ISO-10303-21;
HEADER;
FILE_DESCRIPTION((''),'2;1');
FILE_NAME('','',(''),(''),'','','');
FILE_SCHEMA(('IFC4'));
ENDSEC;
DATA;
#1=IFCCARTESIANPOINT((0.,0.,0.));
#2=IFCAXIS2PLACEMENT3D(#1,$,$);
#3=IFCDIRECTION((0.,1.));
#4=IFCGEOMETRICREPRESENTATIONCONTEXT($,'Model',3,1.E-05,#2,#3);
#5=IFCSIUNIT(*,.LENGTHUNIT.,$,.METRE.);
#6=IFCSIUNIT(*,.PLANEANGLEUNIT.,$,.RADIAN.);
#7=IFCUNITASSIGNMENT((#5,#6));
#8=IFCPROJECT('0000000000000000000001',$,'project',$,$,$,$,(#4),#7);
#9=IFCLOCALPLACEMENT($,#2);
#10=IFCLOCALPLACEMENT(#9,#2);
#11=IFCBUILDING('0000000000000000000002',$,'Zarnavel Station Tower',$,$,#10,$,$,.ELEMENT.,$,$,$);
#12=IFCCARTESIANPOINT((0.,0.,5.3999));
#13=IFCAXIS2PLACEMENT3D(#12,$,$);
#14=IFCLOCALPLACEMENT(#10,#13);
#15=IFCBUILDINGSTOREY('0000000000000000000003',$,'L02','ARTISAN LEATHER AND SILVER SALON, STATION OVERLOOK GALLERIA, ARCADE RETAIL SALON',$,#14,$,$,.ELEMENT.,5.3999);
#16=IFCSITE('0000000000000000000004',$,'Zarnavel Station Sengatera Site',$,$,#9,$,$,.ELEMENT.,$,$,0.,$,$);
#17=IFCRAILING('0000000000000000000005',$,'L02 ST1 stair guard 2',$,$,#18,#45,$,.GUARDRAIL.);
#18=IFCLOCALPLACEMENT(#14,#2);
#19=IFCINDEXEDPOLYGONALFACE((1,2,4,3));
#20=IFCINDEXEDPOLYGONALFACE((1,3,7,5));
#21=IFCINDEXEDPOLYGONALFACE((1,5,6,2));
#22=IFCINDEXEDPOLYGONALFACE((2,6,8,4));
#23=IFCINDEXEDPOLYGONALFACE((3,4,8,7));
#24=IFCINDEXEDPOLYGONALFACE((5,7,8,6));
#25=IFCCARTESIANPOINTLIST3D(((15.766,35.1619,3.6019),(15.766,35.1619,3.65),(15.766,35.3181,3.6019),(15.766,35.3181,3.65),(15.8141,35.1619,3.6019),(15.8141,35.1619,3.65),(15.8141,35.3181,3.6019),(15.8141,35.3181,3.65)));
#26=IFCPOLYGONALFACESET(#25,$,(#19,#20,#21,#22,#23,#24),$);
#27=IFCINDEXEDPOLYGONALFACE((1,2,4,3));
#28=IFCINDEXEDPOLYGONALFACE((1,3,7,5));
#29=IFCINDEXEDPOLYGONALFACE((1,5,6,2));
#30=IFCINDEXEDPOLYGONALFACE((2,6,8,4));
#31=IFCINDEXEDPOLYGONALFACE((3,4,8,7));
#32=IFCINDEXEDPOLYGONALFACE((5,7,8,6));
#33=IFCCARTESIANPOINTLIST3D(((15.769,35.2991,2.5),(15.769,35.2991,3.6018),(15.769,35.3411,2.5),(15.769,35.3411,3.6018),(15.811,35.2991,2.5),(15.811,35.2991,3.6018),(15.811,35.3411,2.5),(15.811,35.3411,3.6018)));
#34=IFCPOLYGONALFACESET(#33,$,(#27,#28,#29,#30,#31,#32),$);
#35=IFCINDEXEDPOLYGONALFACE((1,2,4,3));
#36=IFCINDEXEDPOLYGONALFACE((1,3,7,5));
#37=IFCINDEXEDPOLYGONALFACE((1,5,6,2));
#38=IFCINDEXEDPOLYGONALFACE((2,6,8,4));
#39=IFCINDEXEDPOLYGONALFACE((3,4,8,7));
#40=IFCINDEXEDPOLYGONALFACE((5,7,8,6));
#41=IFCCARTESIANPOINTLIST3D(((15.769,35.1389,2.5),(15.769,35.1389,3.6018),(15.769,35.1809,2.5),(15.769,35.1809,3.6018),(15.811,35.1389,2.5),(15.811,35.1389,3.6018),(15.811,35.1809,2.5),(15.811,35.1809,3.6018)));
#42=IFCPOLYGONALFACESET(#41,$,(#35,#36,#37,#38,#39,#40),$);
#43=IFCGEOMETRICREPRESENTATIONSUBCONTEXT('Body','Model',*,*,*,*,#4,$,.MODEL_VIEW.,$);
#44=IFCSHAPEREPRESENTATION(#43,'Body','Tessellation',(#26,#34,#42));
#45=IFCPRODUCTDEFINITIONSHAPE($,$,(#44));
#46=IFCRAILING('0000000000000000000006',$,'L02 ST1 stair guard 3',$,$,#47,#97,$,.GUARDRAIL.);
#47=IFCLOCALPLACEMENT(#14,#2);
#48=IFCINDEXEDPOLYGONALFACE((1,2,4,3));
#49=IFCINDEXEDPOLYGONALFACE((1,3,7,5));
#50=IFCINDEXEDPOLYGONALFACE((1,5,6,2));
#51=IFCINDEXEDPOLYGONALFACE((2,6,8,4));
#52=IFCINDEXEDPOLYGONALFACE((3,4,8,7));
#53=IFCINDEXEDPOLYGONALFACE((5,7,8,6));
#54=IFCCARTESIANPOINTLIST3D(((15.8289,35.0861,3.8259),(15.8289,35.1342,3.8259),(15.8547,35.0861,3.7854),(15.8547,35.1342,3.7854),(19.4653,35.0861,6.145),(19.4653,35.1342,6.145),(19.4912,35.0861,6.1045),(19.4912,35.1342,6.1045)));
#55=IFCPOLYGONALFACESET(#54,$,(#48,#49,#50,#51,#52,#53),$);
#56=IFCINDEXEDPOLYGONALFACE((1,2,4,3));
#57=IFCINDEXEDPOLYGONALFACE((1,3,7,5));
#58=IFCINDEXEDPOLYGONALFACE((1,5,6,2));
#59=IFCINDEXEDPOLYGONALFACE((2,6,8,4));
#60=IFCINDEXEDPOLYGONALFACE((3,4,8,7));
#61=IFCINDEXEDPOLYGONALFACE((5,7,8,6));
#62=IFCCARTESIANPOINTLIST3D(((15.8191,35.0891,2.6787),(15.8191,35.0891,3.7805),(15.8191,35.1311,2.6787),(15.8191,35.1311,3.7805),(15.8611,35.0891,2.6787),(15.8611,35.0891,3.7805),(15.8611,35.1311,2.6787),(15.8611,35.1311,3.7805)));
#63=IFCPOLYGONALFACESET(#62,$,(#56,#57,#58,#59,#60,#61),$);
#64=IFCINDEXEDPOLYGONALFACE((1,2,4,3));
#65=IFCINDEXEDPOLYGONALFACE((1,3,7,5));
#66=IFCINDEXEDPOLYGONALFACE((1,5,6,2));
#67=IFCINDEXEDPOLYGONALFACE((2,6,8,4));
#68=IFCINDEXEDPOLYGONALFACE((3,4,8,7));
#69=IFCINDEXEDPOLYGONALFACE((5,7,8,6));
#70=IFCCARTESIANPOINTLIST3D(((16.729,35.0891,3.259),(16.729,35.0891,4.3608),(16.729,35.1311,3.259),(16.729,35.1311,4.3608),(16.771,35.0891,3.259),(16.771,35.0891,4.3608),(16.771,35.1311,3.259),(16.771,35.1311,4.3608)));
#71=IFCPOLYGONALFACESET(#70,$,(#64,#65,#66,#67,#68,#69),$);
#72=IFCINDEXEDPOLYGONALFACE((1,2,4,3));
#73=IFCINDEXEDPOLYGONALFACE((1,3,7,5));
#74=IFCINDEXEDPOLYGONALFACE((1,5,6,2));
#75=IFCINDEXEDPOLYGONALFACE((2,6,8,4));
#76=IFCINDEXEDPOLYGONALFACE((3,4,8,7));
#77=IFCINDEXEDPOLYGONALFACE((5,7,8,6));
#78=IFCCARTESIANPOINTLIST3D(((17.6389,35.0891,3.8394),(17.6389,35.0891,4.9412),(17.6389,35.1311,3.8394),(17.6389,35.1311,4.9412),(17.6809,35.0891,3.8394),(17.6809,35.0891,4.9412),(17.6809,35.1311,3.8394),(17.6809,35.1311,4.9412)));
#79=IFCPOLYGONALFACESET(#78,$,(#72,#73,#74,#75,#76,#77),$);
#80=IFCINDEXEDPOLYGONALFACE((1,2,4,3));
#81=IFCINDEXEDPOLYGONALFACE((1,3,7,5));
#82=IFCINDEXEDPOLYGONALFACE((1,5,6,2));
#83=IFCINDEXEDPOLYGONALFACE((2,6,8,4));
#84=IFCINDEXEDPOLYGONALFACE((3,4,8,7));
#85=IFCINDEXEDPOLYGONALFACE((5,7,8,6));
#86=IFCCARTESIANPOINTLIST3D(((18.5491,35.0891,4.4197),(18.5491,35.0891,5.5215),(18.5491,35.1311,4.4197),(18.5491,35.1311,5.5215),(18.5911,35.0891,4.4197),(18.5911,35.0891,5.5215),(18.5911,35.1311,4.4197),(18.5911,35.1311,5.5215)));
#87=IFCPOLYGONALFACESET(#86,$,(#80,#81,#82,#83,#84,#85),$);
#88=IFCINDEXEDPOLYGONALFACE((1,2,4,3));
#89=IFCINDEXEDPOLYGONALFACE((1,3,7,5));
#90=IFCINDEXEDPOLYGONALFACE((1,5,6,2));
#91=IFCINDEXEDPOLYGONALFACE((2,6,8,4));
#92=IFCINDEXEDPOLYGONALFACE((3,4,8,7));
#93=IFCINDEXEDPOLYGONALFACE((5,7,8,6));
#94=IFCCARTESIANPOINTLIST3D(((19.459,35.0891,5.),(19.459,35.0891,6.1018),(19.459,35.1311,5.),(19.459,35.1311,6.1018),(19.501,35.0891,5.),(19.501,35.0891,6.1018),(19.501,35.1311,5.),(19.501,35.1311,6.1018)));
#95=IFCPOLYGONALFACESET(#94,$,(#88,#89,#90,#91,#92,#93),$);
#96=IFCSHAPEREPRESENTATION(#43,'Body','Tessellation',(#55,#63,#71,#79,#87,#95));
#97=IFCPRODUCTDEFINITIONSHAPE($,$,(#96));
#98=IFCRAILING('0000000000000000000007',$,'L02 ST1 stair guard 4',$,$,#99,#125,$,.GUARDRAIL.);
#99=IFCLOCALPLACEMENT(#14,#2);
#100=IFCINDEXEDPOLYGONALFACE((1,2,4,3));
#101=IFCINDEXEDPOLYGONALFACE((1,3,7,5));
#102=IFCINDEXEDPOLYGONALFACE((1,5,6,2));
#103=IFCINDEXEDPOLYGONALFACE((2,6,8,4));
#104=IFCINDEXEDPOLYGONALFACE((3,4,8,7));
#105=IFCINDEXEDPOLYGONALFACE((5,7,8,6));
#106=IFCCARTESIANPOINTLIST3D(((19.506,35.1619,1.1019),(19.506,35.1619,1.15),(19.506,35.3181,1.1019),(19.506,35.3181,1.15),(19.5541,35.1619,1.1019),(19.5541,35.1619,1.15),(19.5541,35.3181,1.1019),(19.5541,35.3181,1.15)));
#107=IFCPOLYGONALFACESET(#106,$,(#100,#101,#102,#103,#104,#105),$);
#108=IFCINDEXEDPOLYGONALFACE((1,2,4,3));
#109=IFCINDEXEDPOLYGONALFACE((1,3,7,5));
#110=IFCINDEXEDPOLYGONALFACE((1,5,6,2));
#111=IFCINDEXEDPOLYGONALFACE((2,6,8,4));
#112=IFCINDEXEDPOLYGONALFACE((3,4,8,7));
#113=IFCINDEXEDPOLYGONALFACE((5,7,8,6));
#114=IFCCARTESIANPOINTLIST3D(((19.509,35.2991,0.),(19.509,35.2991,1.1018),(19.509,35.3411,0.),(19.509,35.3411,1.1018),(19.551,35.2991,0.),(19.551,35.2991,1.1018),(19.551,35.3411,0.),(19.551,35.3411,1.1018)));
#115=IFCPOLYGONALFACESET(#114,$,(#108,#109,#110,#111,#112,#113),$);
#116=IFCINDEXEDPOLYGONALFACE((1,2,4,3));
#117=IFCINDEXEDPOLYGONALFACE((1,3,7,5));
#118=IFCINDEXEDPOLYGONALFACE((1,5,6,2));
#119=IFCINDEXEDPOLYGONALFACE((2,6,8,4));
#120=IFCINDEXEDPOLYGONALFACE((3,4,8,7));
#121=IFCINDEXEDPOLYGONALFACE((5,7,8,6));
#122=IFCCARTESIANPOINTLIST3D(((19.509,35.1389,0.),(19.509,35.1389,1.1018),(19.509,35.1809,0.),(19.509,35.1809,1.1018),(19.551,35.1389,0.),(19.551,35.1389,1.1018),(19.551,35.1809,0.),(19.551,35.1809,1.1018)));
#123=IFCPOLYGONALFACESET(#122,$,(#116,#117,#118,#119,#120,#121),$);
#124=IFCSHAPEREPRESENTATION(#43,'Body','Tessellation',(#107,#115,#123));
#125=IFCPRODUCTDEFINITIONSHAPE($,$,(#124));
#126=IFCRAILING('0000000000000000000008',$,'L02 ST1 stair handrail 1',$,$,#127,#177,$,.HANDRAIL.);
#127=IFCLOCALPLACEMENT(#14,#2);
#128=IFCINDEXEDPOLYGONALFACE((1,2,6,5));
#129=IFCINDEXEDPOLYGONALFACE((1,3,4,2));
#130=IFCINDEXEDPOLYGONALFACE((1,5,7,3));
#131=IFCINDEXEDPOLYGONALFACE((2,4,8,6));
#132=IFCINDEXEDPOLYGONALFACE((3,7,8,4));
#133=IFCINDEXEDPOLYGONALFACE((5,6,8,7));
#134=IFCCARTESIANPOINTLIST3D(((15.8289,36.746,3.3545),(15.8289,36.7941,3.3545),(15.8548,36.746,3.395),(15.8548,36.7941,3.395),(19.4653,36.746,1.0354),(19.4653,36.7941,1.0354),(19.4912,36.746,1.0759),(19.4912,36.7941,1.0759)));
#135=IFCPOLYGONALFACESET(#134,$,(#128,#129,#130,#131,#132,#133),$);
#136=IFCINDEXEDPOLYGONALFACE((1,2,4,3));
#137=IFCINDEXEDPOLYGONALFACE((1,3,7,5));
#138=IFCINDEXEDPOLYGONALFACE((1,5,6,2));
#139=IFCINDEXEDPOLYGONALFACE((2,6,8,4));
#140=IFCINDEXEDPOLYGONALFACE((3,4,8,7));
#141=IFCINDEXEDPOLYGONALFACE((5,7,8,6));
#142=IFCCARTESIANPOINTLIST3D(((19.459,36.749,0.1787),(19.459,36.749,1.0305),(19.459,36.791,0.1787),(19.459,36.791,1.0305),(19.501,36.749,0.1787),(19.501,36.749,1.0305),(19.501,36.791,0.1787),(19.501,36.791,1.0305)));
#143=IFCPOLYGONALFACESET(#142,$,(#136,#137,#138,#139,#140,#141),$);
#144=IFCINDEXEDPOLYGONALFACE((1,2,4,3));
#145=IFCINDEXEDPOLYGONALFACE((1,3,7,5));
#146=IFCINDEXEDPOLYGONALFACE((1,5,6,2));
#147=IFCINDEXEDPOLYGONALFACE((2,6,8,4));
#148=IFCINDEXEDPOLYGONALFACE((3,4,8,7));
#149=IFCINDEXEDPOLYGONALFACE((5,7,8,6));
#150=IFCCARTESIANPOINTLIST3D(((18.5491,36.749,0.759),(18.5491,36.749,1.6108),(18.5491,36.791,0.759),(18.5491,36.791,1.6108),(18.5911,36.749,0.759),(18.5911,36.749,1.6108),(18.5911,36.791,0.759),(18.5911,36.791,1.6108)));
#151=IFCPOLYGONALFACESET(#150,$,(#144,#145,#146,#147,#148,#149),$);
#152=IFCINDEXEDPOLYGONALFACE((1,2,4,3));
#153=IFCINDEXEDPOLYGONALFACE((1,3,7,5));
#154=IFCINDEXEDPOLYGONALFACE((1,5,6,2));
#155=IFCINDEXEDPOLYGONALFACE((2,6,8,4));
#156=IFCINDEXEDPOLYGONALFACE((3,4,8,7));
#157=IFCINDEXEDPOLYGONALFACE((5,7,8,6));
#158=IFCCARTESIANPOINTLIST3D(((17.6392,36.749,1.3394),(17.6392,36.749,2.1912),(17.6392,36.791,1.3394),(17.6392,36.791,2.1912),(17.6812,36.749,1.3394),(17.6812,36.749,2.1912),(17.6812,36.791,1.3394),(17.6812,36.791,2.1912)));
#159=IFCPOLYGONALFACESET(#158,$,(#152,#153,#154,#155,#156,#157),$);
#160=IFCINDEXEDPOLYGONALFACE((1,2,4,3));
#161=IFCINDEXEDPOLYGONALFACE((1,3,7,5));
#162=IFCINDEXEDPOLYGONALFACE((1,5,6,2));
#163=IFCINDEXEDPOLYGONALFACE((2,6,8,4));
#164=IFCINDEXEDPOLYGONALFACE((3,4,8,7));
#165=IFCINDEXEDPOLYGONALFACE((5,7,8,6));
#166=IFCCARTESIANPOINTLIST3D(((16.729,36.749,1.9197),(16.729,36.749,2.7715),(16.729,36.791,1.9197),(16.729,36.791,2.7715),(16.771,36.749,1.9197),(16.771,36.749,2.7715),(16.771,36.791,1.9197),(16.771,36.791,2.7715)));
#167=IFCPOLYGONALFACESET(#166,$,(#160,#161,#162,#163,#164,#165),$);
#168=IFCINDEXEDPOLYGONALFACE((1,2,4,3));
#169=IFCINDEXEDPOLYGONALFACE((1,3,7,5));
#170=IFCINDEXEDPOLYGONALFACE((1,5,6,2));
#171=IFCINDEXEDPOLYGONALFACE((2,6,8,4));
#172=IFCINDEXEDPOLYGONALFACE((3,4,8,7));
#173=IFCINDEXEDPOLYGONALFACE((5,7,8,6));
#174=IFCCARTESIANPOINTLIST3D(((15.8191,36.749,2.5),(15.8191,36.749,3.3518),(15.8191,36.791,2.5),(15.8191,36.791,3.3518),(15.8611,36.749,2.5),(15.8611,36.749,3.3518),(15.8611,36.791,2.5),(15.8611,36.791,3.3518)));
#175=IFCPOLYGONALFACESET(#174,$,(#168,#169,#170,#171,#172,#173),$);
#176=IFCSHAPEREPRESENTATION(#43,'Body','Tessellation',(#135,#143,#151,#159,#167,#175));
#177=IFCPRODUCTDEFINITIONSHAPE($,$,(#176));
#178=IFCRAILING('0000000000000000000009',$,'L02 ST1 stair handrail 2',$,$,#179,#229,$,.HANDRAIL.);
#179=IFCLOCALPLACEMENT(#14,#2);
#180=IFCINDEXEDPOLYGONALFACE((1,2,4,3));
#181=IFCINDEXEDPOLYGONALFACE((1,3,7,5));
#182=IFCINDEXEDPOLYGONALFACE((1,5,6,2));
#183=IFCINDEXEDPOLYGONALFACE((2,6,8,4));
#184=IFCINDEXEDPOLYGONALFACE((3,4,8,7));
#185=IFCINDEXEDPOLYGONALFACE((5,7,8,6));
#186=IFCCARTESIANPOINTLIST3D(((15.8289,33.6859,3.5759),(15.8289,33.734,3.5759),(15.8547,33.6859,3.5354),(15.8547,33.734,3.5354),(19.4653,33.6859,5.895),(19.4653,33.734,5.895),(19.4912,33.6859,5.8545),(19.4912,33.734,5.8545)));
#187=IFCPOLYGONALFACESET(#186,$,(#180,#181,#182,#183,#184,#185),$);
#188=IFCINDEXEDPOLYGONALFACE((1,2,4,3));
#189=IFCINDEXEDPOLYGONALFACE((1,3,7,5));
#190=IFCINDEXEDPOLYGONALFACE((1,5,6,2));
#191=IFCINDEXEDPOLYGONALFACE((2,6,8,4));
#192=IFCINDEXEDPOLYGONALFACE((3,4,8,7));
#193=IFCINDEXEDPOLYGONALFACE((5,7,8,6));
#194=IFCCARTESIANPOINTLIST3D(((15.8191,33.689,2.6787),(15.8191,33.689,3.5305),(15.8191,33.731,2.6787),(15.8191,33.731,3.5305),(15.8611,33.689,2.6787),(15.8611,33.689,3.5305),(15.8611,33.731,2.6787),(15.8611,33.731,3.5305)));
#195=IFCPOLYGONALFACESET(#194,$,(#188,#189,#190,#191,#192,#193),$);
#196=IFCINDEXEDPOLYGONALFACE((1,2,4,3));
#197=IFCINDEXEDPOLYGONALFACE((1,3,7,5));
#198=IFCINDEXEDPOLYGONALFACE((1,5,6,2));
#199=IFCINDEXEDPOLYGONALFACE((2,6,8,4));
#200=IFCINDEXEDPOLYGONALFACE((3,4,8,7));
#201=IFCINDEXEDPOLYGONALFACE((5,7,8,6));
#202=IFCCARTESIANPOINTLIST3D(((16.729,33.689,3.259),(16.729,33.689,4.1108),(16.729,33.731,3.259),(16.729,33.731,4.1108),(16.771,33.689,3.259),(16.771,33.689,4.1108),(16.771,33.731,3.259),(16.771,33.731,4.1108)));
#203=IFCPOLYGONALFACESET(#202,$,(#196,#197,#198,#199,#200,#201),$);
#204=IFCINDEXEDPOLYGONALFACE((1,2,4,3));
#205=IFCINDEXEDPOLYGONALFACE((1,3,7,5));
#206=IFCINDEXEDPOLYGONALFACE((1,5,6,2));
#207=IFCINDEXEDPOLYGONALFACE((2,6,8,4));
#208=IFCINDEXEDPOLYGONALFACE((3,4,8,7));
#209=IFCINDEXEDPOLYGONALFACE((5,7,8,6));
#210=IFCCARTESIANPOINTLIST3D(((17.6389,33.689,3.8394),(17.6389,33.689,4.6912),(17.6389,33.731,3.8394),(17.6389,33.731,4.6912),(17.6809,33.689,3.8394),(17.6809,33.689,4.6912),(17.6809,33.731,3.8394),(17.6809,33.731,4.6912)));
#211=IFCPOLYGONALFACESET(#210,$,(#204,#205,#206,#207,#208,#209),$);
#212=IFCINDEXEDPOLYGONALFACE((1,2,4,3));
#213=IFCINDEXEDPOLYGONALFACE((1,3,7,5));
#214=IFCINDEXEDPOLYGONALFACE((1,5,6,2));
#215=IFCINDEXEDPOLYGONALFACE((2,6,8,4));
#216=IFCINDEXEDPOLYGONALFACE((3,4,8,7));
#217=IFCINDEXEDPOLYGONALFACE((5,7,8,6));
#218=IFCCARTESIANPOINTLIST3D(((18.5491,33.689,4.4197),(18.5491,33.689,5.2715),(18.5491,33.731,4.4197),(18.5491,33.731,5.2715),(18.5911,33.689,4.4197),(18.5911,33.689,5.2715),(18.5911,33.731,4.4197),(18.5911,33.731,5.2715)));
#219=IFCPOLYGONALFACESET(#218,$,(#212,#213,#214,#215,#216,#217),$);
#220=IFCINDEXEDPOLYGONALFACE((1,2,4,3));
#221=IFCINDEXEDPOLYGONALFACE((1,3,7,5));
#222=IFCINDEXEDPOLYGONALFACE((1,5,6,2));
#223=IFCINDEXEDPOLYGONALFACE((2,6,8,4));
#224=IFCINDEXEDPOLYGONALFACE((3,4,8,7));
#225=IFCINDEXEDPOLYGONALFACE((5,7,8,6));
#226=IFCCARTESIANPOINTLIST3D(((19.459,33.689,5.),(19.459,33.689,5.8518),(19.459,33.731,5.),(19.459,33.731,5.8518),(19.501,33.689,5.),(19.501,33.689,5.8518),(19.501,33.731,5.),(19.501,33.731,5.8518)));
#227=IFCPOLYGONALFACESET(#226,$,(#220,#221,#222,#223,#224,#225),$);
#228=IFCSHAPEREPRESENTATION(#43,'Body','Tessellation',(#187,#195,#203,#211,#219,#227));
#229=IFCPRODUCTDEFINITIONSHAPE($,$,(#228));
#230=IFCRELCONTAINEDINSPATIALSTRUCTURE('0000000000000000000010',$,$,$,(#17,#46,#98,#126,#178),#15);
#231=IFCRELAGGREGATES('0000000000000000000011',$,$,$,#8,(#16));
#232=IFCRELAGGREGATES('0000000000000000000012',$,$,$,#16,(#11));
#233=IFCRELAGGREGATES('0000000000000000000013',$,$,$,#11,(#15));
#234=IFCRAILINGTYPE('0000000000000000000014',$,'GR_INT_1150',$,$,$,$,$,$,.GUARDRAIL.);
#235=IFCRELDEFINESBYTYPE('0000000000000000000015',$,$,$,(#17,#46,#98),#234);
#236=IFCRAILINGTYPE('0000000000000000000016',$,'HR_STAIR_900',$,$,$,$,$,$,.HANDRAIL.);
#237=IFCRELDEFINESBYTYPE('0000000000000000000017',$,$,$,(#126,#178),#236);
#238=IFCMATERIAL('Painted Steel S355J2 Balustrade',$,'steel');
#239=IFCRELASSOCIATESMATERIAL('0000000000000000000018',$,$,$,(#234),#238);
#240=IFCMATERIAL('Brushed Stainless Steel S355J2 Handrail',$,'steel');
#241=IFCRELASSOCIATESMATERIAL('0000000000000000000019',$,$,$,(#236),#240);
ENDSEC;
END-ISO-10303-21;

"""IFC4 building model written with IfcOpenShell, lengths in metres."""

from ifc_helpers import new_model, si_unit, direction, frame, origin, origin_2d, place, context, subcontext, project, spatial, rectangle, extrude, material, type_object, element, save


model = new_model("IFC4")

# Units and contexts
model_context = context("Model", 3, precision=1e-05, world=origin(), true_north=direction((0.0, 1.0)))
body_context = subcontext(model_context, "Body", "Model", "MODEL_VIEW")
ifc_project = project(units=[si_unit("LENGTHUNIT", "METRE"), si_unit("PLANEANGLEUNIT", "RADIAN")], contexts=[model_context])

# Site, building, storey
site_placement = place(None, origin())
site = spatial("IfcSite", under=ifc_project, at=site_placement, Name="Zarnavel Station Sengatera Site", CompositionType="ELEMENT", RefElevation=0.0)
building_placement = place(site_placement, origin())
building = spatial("IfcBuilding", under=site, at=building_placement, Name="Zarnavel Station Tower", CompositionType="ELEMENT")
storey_placement = place(building_placement, frame((0.0, 0.0, 5.3999)))
storey = spatial("IfcBuildingStorey", under=building, at=storey_placement, Name="L02", Description="ARTISAN LEATHER AND SILVER SALON, STATION OVERLOOK GALLERIA, ARCADE RETAIL SALON", CompositionType="ELEMENT", Elevation=5.3999)

# Railings
ifc_material_1 = material(Name="Painted Steel S355J2 Balustrade", Category="steel")
railing_type_1 = type_object("IfcRailingType", Name="GR_INT_1150", PredefinedType="GUARDRAIL", material=ifc_material_1)
railing_1_placement = place(storey_placement, frame((15.79, 35.3201, 2.5)))
element("IfcRailing", 1, at=railing_1_placement, inside=storey, type_object=railing_type_1, Name="L02 ST1 stair guard 2", PredefinedType="GUARDRAIL", context=body_context, shape_type="SweptSolid", body=[
    extrude(rectangle(XDim=0.0481, YDim=0.0481, at=origin_2d()), frame((0.0, -0.002, 1.126), z_axis=(0.0, -1.0, 0.0), x_axis=(1.0, 0.0, 0.0)), (0.0, 0.0, 1.0), 0.1562),
    extrude(rectangle(XDim=0.042, YDim=0.042, at=origin_2d()), origin(), (0.0, 0.0, 1.0), 1.1018),
    extrude(rectangle(XDim=0.042, YDim=0.042, at=origin_2d()), frame((0.0, -0.1602, 0.0)), (0.0, 0.0, 1.0), 1.1018),
])
railing_2_placement = place(storey_placement, frame((15.8401, 35.1101, 2.6787)))
element("IfcRailing", 2, at=railing_2_placement, inside=storey, type_object=railing_type_1, Name="L02 ST1 stair guard 3", PredefinedType="GUARDRAIL", context=body_context, shape_type="SweptSolid", body=[
    extrude(rectangle(XDim=0.0481, YDim=0.0481, at=origin_2d()), frame((0.0017, 0.0, 1.127), z_axis=(0.843137, 0.0, 0.537699), x_axis=(0.0, 1.0, 0.0)), (0.0, 0.0, 1.0), 4.313),
    extrude(rectangle(XDim=0.042, YDim=0.042, at=origin_2d()), origin(), (0.0, 0.0, 1.0), 1.1018),
    extrude(rectangle(XDim=0.042, YDim=0.042, at=origin_2d()), frame((0.9099, 0.0, 0.5803)), (0.0, 0.0, 1.0), 1.1018),
    extrude(rectangle(XDim=0.042, YDim=0.042, at=origin_2d()), frame((1.8198, 0.0, 1.1606)), (0.0, 0.0, 1.0), 1.1018),
    extrude(rectangle(XDim=0.042, YDim=0.042, at=origin_2d()), frame((2.73, 0.0, 1.741)), (0.0, 0.0, 1.0), 1.1018),
    extrude(rectangle(XDim=0.042, YDim=0.042, at=origin_2d()), frame((3.6399, 0.0, 2.3213)), (0.0, 0.0, 1.0), 1.1018),
])
railing_3_placement = place(storey_placement, frame((19.53, 35.3201, 0.0)))
element("IfcRailing", 3, at=railing_3_placement, inside=storey, type_object=railing_type_1, Name="L02 ST1 stair guard 4", PredefinedType="GUARDRAIL", context=body_context, shape_type="SweptSolid", body=[
    extrude(rectangle(XDim=0.0481, YDim=0.0481, at=origin_2d()), frame((0.0, -0.002, 1.126), z_axis=(0.0, -1.0, 0.0), x_axis=(1.0, 0.0, 0.0)), (0.0, 0.0, 1.0), 0.1562),
    extrude(rectangle(XDim=0.042, YDim=0.042, at=origin_2d()), origin(), (0.0, 0.0, 1.0), 1.1018),
    extrude(rectangle(XDim=0.042, YDim=0.042, at=origin_2d()), frame((0.0, -0.1602, 0.0)), (0.0, 0.0, 1.0), 1.1018),
])
ifc_material_2 = material(Name="Brushed Stainless Steel S355J2 Handrail", Category="steel")
railing_type_2 = type_object("IfcRailingType", Name="HR_STAIR_900", PredefinedType="HANDRAIL", material=ifc_material_2)
railing_4_placement = place(storey_placement, frame((19.48, 36.77, 0.1787)))
element("IfcRailing", 4, at=railing_4_placement, inside=storey, type_object=railing_type_2, Name="L02 ST1 stair handrail 1", PredefinedType="HANDRAIL", context=body_context, shape_type="SweptSolid", body=[
    extrude(rectangle(XDim=0.0481, YDim=0.0481, at=origin_2d()), frame((-0.0017, 0.0, 0.877), z_axis=(-0.843137, 0.0, 0.537699), x_axis=(0.0, -1.0, 0.0)), (0.0, 0.0, 1.0), 4.313),
    extrude(rectangle(XDim=0.042, YDim=0.042, at=origin_2d()), origin(), (0.0, 0.0, 1.0), 0.8518),
    extrude(rectangle(XDim=0.042, YDim=0.042, at=origin_2d()), frame((-0.9099, 0.0, 0.5803)), (0.0, 0.0, 1.0), 0.8518),
    extrude(rectangle(XDim=0.042, YDim=0.042, at=origin_2d()), frame((-1.8198, 0.0, 1.1606)), (0.0, 0.0, 1.0), 0.8518),
    extrude(rectangle(XDim=0.042, YDim=0.042, at=origin_2d()), frame((-2.73, 0.0, 1.741)), (0.0, 0.0, 1.0), 0.8518),
    extrude(rectangle(XDim=0.042, YDim=0.042, at=origin_2d()), frame((-3.6399, 0.0, 2.3213)), (0.0, 0.0, 1.0), 0.8518),
])
railing_5_placement = place(storey_placement, frame((15.8401, 33.71, 2.6787)))
element("IfcRailing", 5, at=railing_5_placement, inside=storey, type_object=railing_type_2, Name="L02 ST1 stair handrail 2", PredefinedType="HANDRAIL", context=body_context, shape_type="SweptSolid", body=[
    extrude(rectangle(XDim=0.0481, YDim=0.0481, at=origin_2d()), frame((0.0017, 0.0, 0.877), z_axis=(0.843137, 0.0, 0.537699), x_axis=(0.0, 1.0, 0.0)), (0.0, 0.0, 1.0), 4.313),
    extrude(rectangle(XDim=0.042, YDim=0.042, at=origin_2d()), origin(), (0.0, 0.0, 1.0), 0.8518),
    extrude(rectangle(XDim=0.042, YDim=0.042, at=origin_2d()), frame((0.9099, 0.0, 0.5803)), (0.0, 0.0, 1.0), 0.8518),
    extrude(rectangle(XDim=0.042, YDim=0.042, at=origin_2d()), frame((1.8198, 0.0, 1.1606)), (0.0, 0.0, 1.0), 0.8518),
    extrude(rectangle(XDim=0.042, YDim=0.042, at=origin_2d()), frame((2.73, 0.0, 1.741)), (0.0, 0.0, 1.0), 0.8518),
    extrude(rectangle(XDim=0.042, YDim=0.042, at=origin_2d()), frame((3.6399, 0.0, 2.3213)), (0.0, 0.0, 1.0), 0.8518),
])

save(model, "model.ifc")
